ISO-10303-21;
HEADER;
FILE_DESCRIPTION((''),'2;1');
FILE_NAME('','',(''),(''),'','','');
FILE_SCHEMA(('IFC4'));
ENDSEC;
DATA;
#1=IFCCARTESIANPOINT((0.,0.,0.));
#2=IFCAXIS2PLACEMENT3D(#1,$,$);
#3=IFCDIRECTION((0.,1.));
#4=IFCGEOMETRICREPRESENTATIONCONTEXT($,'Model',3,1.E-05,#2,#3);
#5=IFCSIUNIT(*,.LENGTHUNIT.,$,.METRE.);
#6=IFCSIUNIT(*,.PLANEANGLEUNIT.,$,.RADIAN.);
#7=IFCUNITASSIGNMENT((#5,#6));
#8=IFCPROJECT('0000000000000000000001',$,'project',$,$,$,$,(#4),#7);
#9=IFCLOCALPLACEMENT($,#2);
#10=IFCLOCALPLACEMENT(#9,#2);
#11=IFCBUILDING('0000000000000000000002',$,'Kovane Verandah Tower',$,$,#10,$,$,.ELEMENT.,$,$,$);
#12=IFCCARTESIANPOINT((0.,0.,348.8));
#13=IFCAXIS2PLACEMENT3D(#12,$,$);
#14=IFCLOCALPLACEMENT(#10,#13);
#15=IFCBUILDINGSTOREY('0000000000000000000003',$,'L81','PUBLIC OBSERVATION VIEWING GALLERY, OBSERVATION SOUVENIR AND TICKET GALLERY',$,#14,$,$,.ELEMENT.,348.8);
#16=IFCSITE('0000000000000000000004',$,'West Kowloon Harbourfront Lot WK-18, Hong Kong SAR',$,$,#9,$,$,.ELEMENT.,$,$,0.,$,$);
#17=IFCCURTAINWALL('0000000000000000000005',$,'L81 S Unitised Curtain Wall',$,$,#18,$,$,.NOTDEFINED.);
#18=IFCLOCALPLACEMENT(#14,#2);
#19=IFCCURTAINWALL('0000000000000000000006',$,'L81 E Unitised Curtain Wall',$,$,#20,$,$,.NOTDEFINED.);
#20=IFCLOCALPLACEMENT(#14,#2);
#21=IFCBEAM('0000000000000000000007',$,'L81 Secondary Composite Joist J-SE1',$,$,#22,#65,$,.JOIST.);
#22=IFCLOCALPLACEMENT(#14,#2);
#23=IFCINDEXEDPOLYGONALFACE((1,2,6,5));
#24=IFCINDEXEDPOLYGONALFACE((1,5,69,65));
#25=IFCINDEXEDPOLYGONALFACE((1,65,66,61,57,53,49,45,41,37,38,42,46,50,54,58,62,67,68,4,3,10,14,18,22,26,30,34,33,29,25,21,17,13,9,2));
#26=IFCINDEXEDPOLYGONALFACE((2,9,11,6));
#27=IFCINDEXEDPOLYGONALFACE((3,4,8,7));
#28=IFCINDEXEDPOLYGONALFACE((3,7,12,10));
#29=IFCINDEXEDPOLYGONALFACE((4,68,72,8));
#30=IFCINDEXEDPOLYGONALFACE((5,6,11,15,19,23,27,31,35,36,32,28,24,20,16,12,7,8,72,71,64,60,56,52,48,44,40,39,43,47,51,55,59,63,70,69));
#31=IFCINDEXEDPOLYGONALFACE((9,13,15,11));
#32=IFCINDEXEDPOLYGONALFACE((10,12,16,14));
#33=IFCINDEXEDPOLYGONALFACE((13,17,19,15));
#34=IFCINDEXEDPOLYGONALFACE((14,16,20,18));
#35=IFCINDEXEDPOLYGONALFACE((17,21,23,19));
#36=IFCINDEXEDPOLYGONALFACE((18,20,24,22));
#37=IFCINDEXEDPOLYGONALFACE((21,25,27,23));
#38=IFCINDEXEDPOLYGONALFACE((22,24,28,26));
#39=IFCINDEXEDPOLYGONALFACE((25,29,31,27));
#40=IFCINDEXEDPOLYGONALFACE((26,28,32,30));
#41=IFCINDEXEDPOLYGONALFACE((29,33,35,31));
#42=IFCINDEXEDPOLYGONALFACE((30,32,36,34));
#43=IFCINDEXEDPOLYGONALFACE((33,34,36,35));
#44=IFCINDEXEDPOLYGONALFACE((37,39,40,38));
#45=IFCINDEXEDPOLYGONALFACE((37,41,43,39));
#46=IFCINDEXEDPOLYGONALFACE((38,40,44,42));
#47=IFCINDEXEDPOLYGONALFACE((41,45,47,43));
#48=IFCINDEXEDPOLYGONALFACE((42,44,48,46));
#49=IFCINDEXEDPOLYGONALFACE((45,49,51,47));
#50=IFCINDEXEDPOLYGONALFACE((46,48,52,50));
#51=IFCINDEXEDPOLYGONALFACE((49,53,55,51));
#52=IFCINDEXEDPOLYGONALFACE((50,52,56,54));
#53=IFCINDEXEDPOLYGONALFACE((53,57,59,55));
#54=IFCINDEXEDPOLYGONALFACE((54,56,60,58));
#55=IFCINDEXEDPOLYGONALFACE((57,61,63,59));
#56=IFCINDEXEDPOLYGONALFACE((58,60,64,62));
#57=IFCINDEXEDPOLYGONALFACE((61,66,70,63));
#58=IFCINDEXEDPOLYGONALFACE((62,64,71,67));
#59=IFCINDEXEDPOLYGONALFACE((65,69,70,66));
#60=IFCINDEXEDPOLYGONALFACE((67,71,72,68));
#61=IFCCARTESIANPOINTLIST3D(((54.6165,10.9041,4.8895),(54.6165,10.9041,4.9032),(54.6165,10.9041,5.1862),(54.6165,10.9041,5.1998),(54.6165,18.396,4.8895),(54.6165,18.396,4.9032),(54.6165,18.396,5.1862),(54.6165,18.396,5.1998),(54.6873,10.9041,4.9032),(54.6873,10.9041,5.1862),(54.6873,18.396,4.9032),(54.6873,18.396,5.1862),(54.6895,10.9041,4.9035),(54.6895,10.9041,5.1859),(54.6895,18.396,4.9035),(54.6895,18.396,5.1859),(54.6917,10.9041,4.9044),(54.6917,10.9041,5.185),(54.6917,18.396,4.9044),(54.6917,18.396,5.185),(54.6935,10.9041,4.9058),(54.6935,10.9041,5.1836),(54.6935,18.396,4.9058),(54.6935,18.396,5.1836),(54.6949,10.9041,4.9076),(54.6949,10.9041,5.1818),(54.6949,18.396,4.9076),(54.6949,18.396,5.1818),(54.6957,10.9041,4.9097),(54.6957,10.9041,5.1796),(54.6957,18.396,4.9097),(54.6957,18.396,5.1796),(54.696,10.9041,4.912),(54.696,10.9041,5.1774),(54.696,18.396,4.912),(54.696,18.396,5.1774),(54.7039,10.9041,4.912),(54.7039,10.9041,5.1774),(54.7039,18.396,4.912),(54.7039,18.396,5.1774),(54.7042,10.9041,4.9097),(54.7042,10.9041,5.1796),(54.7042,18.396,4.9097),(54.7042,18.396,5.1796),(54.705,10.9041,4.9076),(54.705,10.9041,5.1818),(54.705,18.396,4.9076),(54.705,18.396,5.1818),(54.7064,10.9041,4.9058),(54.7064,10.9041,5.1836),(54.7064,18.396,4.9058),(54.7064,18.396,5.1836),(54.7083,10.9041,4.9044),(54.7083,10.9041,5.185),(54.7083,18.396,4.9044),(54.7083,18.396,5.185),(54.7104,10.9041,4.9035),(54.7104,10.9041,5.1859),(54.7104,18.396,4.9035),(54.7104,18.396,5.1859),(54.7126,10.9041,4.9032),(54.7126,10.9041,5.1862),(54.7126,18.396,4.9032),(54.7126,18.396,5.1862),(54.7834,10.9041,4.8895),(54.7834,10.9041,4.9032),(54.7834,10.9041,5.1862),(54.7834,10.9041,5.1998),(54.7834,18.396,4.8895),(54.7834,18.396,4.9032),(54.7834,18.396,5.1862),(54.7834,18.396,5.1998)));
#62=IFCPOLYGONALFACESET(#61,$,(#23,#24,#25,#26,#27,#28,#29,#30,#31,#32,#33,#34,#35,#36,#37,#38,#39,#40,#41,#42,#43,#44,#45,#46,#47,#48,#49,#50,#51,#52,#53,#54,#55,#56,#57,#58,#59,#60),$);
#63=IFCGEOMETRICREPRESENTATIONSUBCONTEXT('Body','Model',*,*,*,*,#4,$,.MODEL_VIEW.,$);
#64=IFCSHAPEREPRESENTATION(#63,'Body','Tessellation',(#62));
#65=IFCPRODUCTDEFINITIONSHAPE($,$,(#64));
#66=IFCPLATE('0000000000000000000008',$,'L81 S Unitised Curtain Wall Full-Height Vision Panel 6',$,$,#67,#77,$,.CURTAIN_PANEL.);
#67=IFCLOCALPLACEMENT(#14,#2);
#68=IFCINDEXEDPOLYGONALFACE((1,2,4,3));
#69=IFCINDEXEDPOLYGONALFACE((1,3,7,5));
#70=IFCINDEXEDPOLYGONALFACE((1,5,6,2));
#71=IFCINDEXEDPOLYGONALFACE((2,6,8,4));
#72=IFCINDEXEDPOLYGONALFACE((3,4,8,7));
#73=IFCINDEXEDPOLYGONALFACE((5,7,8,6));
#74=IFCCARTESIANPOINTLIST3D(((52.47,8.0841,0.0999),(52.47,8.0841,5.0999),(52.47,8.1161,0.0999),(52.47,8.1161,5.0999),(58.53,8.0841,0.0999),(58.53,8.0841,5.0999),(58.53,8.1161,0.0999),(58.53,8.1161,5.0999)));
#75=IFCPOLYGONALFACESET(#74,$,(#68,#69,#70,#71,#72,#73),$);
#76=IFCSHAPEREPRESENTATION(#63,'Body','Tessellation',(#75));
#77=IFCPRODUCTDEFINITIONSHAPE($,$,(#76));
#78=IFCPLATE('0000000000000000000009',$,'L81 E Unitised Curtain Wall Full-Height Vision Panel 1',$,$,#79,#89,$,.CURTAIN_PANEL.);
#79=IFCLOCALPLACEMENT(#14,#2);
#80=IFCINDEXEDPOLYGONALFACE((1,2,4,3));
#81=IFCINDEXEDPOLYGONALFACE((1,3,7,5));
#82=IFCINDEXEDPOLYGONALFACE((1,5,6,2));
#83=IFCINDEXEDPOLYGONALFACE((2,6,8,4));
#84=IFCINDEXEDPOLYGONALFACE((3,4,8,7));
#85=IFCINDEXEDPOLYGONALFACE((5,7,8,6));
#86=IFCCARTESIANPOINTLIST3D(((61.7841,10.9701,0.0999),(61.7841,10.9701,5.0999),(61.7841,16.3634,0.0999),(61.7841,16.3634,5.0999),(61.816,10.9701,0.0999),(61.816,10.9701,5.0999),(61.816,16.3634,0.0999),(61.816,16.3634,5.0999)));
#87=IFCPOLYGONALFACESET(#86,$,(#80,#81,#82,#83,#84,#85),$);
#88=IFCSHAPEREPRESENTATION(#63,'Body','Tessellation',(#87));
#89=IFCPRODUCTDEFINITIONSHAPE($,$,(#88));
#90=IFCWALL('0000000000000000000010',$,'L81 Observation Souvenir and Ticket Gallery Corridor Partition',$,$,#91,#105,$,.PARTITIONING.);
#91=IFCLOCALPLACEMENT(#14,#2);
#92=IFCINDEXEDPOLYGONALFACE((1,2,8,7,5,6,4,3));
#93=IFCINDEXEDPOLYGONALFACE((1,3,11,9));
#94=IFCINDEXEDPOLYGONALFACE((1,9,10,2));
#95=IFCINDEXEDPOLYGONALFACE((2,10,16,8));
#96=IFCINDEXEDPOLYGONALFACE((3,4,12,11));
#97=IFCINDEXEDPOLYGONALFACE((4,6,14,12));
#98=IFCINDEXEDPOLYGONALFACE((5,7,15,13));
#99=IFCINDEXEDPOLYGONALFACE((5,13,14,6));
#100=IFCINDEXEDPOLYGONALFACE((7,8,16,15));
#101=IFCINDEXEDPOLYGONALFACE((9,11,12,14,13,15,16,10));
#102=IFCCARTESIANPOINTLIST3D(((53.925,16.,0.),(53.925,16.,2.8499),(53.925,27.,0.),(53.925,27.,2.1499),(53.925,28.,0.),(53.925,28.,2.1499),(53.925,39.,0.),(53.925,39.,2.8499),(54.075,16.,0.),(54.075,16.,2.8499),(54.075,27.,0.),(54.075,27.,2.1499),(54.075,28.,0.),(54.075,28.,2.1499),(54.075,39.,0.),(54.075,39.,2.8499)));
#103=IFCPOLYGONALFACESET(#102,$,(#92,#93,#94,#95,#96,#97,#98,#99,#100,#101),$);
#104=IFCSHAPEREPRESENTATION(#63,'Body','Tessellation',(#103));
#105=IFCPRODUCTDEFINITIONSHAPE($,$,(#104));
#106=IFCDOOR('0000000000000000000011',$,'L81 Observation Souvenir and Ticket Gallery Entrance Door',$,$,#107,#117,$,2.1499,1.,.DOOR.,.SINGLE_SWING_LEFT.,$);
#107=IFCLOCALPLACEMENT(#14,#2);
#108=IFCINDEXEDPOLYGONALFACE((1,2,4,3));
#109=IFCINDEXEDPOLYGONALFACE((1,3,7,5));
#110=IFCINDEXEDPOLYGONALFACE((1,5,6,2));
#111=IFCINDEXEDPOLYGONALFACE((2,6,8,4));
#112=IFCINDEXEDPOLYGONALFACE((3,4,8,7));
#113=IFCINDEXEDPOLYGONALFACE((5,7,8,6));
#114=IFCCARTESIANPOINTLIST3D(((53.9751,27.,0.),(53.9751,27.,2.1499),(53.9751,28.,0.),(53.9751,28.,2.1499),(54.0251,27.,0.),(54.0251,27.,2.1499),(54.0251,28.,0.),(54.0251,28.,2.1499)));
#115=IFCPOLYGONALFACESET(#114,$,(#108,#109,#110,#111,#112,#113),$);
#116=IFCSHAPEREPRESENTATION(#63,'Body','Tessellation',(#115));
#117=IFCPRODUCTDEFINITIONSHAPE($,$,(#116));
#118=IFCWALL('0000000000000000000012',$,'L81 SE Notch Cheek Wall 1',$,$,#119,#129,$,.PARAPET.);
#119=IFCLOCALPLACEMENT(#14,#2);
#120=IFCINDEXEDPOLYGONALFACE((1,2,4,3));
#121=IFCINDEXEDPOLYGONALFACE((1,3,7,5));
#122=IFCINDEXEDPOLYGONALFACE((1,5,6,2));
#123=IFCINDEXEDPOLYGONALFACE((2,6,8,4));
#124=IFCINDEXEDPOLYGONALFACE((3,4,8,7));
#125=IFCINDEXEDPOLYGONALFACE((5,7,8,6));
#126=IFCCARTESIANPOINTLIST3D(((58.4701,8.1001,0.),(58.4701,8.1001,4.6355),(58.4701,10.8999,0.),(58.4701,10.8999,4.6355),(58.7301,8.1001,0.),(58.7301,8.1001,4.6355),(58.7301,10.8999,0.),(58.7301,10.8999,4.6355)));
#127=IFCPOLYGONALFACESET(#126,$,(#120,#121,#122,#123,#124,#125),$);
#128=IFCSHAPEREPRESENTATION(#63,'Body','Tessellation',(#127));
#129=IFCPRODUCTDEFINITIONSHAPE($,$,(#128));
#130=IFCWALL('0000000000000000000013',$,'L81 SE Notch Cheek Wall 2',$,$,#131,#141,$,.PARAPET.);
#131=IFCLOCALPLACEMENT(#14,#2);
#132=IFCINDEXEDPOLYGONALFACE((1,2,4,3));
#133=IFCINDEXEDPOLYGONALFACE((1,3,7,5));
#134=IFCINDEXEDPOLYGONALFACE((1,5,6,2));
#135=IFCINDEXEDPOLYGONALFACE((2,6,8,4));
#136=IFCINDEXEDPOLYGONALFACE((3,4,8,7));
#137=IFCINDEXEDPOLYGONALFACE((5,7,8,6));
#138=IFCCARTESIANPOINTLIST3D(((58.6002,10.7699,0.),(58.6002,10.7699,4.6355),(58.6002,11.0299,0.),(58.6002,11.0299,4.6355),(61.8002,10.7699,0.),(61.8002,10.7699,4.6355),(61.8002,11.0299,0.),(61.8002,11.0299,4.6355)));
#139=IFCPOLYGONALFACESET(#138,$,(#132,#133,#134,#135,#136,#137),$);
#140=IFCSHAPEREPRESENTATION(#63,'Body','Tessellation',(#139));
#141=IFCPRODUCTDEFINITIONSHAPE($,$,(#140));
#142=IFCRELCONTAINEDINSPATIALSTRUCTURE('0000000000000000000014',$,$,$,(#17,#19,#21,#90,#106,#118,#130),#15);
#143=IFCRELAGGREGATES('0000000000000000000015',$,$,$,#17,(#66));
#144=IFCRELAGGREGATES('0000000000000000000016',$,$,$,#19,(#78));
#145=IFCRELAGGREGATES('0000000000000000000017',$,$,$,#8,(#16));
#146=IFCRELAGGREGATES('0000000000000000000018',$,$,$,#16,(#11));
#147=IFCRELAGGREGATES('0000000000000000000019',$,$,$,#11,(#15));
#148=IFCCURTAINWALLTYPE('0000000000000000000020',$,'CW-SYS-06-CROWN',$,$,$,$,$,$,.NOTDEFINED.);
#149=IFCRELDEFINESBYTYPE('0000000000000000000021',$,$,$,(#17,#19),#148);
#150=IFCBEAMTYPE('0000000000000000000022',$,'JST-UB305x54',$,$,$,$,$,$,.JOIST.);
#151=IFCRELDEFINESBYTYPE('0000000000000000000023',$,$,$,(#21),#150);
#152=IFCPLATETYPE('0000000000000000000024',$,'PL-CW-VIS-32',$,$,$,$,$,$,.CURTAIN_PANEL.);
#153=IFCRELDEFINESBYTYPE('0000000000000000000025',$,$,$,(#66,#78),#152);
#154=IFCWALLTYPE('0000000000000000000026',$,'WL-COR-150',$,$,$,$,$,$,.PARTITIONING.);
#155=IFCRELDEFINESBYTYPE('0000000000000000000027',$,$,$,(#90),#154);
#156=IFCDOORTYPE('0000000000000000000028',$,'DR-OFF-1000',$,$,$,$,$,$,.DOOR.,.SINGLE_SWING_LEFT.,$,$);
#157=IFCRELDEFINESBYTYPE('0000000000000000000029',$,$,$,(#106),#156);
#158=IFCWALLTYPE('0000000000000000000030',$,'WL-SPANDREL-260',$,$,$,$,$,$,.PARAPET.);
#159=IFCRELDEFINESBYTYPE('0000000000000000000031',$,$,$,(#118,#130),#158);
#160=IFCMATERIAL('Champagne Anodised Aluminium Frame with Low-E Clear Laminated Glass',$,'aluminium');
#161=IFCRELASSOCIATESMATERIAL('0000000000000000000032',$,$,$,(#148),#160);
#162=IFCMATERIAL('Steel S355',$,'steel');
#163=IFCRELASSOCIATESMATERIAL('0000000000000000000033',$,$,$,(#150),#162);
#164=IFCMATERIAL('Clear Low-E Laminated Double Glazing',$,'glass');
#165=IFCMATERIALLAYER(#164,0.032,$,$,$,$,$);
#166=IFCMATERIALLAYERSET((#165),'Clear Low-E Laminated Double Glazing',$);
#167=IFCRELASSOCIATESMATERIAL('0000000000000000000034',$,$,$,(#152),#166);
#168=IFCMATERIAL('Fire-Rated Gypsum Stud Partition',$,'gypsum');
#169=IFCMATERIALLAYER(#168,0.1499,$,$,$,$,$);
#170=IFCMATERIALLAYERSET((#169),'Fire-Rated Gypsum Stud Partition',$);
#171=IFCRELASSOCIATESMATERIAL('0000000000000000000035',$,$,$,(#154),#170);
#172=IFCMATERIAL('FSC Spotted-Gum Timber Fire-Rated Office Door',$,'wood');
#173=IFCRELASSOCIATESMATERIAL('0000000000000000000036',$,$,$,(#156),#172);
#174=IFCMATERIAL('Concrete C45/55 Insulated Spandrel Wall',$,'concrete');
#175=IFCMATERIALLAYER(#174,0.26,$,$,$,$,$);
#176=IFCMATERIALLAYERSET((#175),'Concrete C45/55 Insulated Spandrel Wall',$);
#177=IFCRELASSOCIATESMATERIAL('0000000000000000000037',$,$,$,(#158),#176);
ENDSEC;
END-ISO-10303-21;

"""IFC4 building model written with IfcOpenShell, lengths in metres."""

from ifc_helpers import new_model, si_unit, direction, frame, frame_2d, origin, origin_2d, place, context, subcontext, project, spatial, rectangle, i_section, extrude, material, layer, layer_set, material_profile, profile_set, type_object, element, fill, aggregate, save


model = new_model("IFC4")

# Units and contexts
model_context = context("Model", 3, precision=1e-05, world=origin(), true_north=direction((0.0, 1.0)))
body_context = subcontext(model_context, "Body", "Model", "MODEL_VIEW")
ifc_project = project(units=[si_unit("LENGTHUNIT", "METRE"), si_unit("PLANEANGLEUNIT", "RADIAN")], contexts=[model_context])

# Site, building, storey
site_placement = place(None, origin())
site = spatial("IfcSite", under=ifc_project, at=site_placement, Name="West Kowloon Harbourfront Lot WK-18, Hong Kong SAR", CompositionType="ELEMENT", RefElevation=0.0)
building_placement = place(site_placement, origin())
building = spatial("IfcBuilding", under=site, at=building_placement, Name="Kovane Verandah Tower", CompositionType="ELEMENT")
storey_placement = place(building_placement, frame((0.0, 0.0, 348.8)))
storey = spatial("IfcBuildingStorey", under=building, at=storey_placement, Name="L81", Description="PUBLIC OBSERVATION VIEWING GALLERY, OBSERVATION SOUVENIR AND TICKET GALLERY", CompositionType="ELEMENT", Elevation=348.8)

# Shared definitions
ifc_material_1 = material(Name="Steel S355", Category="steel")

# Curtain walls
ifc_material_2 = material(Name="Champagne Anodised Aluminium Frame with Low-E Clear Laminated Glass", Category="aluminium")
curtain_wall_type = type_object("IfcCurtainWallType", Name="CW-SYS-06-CROWN", PredefinedType="NOTDEFINED", material=ifc_material_2)
curtain_wall_1_placement = place(storey_placement, origin())
curtain_wall_1 = element("IfcCurtainWall", 1, at=curtain_wall_1_placement, inside=storey, type_object=curtain_wall_type, Name="L81 S Unitised Curtain Wall", PredefinedType="NOTDEFINED")
curtain_wall_2_placement = place(storey_placement, origin())
curtain_wall_2 = element("IfcCurtainWall", 2, at=curtain_wall_2_placement, inside=storey, type_object=curtain_wall_type, Name="L81 E Unitised Curtain Wall", PredefinedType="NOTDEFINED")

# Beam
ifc_material_profile_1 = material_profile(ifc_material_1, i_section(OverallWidth=0.167, OverallDepth=0.3103, WebThickness=0.0078, FlangeThickness=0.0137, FilletRadius=0.0088, at=origin_2d()), Name="UB305x165x54")
ifc_profile_set_1 = profile_set([ifc_material_profile_1], Name="Steel S355")
beam_type_1 = type_object("IfcBeamType", Name="JST-UB305x54", PredefinedType="JOIST", material=ifc_profile_set_1)
beam_1_placement = place(storey_placement, frame((54.7, 10.9041, 5.0447), z_axis=(0.0, 1.0, 0.0), x_axis=(-1.0, 0.0, 0.0)))
element("IfcBeam", 3, at=beam_1_placement, inside=storey, type_object=beam_type_1, Name="L81 Secondary Composite Joist J-SE1", PredefinedType="JOIST", context=body_context, shape_type="SweptSolid", body=[
    extrude(i_section(OverallWidth=0.167, OverallDepth=0.3103, WebThickness=0.0078, FlangeThickness=0.0137, FilletRadius=0.0088, at=origin_2d()), origin(), (0.0, 0.0, 1.0), 7.4919),
])

# Plates
ifc_material_3 = material(Name="Clear Low-E Laminated Double Glazing", Category="glass")
ifc_layer_1 = layer(ifc_material_3, 0.032)
ifc_layer_set_1 = layer_set([ifc_layer_1], Name="Clear Low-E Laminated Double Glazing")
plate_type = type_object("IfcPlateType", Name="PL-CW-VIS-32", PredefinedType="CURTAIN_PANEL", material=ifc_layer_set_1)
plate_1_placement = place(storey_placement, frame((55.5, 8.1001, 0.0999), z_axis=(0.0, 0.0, 1.0), x_axis=(1.0, 0.0, 0.0)))
plate_1 = element("IfcPlate", 4, at=plate_1_placement, type_object=plate_type, Name="L81 S Unitised Curtain Wall Full-Height Vision Panel 6", PredefinedType="CURTAIN_PANEL", context=body_context, shape_type="SweptSolid", body=[
    extrude(rectangle(XDim=6.0601, YDim=0.032, at=origin_2d()), origin(), (0.0, 0.0, 1.0), 5.0),
])
aggregate(curtain_wall_1, [plate_1])
plate_2_placement = place(storey_placement, frame((61.8, 13.6667, 0.0999), z_axis=(0.0, 0.0, 1.0), x_axis=(0.0, 1.0, 0.0)))
plate_2 = element("IfcPlate", 5, at=plate_2_placement, type_object=plate_type, Name="L81 E Unitised Curtain Wall Full-Height Vision Panel 1", PredefinedType="CURTAIN_PANEL", context=body_context, shape_type="SweptSolid", body=[
    extrude(rectangle(XDim=5.3933, YDim=0.032, at=origin_2d()), origin(), (0.0, 0.0, 1.0), 5.0),
])
aggregate(curtain_wall_2, [plate_2])

# Wall, opening, door
ifc_material_4 = material(Name="Fire-Rated Gypsum Stud Partition", Category="gypsum")
ifc_layer_2 = layer(ifc_material_4, 0.1499)
ifc_layer_set_2 = layer_set([ifc_layer_2], Name="Fire-Rated Gypsum Stud Partition")
wall_type_1 = type_object("IfcWallType", Name="WL-COR-150", PredefinedType="PARTITIONING", material=ifc_layer_set_2)
wall_1_placement = place(storey_placement, frame((54.0, 16.0, 0.0), z_axis=(0.0, 0.0, 1.0), x_axis=(0.0, 1.0, 0.0)))
wall_1 = element("IfcWall", 6, at=wall_1_placement, inside=storey, type_object=wall_type_1, Name="L81 Observation Souvenir and Ticket Gallery Corridor Partition", PredefinedType="PARTITIONING", context=body_context, shape_type="SweptSolid", body=[
    extrude(rectangle(XDim=23.0, YDim=0.1499, at=frame_2d((11.5, 0.0))), origin(), (0.0, 0.0, 1.0), 2.8499),
])
opening_placement = place(wall_1_placement, frame((11.0, 0.0, 0.0)))
opening = element("IfcOpeningElement", 7, at=opening_placement, cuts=wall_1, PredefinedType="OPENING", context=body_context, shape_type="SweptSolid", body=[
    extrude(rectangle(XDim=1.0, YDim=2.1499, at=frame_2d((0.5, 1.075))), frame((0.0, 0.075, 0.0), z_axis=(0.0, -1.0, 0.0), x_axis=(1.0, 0.0, 0.0)), (0.0, 0.0, 1.0), 0.1499),
])
ifc_material_5 = material(Name="FSC Spotted-Gum Timber Fire-Rated Office Door", Category="wood")
door_type = type_object("IfcDoorType", Name="DR-OFF-1000", OperationType="SINGLE_SWING_LEFT", PredefinedType="DOOR", material=ifc_material_5)
door_placement = place(opening_placement, origin())
door = element("IfcDoor", 8, at=door_placement, inside=storey, type_object=door_type, Name="L81 Observation Souvenir and Ticket Gallery Entrance Door", OperationType="SINGLE_SWING_LEFT", OverallHeight=2.1499, OverallWidth=1.0, PredefinedType="DOOR", context=body_context, shape_type="SweptSolid", body=[
    extrude(rectangle(XDim=1.0, YDim=2.1499, at=frame_2d((0.5, 1.075))), frame((0.0, 0.0249, 0.0), z_axis=(0.0, -1.0, 0.0), x_axis=(1.0, 0.0, 0.0)), (0.0, 0.0, 1.0), 0.05),
])
fill(opening, door)

# Walls
ifc_material_6 = material(Name="Concrete C45/55 Insulated Spandrel Wall", Category="concrete")
ifc_layer_3 = layer(ifc_material_6, 0.26)
ifc_layer_set_3 = layer_set([ifc_layer_3], Name="Concrete C45/55 Insulated Spandrel Wall")
wall_type_2 = type_object("IfcWallType", Name="WL-SPANDREL-260", PredefinedType="PARAPET", material=ifc_layer_set_3)
wall_2_placement = place(storey_placement, frame((58.6001, 8.1001, 0.0), z_axis=(0.0, 0.0, 1.0), x_axis=(0.0, 1.0, 0.0)))
element("IfcWall", 9, at=wall_2_placement, inside=storey, type_object=wall_type_2, Name="L81 SE Notch Cheek Wall 1", PredefinedType="PARAPET", context=body_context, shape_type="SweptSolid", body=[
    extrude(rectangle(XDim=2.7998, YDim=0.26, at=frame_2d((1.3999, 0.0))), origin(), (0.0, 0.0, 1.0), 4.6355),
])
wall_3_placement = place(storey_placement, frame((58.6001, 10.8999, 0.0), z_axis=(0.0, 0.0, 1.0), x_axis=(1.0, 0.0, 0.0)))
element("IfcWall", 10, at=wall_3_placement, inside=storey, type_object=wall_type_2, Name="L81 SE Notch Cheek Wall 2", PredefinedType="PARAPET", context=body_context, shape_type="SweptSolid", body=[
    extrude(rectangle(XDim=3.2, YDim=0.26, at=frame_2d((1.6001, 0.0))), origin(), (0.0, 0.0, 1.0), 4.6355),
])

save(model, "model.ifc")
